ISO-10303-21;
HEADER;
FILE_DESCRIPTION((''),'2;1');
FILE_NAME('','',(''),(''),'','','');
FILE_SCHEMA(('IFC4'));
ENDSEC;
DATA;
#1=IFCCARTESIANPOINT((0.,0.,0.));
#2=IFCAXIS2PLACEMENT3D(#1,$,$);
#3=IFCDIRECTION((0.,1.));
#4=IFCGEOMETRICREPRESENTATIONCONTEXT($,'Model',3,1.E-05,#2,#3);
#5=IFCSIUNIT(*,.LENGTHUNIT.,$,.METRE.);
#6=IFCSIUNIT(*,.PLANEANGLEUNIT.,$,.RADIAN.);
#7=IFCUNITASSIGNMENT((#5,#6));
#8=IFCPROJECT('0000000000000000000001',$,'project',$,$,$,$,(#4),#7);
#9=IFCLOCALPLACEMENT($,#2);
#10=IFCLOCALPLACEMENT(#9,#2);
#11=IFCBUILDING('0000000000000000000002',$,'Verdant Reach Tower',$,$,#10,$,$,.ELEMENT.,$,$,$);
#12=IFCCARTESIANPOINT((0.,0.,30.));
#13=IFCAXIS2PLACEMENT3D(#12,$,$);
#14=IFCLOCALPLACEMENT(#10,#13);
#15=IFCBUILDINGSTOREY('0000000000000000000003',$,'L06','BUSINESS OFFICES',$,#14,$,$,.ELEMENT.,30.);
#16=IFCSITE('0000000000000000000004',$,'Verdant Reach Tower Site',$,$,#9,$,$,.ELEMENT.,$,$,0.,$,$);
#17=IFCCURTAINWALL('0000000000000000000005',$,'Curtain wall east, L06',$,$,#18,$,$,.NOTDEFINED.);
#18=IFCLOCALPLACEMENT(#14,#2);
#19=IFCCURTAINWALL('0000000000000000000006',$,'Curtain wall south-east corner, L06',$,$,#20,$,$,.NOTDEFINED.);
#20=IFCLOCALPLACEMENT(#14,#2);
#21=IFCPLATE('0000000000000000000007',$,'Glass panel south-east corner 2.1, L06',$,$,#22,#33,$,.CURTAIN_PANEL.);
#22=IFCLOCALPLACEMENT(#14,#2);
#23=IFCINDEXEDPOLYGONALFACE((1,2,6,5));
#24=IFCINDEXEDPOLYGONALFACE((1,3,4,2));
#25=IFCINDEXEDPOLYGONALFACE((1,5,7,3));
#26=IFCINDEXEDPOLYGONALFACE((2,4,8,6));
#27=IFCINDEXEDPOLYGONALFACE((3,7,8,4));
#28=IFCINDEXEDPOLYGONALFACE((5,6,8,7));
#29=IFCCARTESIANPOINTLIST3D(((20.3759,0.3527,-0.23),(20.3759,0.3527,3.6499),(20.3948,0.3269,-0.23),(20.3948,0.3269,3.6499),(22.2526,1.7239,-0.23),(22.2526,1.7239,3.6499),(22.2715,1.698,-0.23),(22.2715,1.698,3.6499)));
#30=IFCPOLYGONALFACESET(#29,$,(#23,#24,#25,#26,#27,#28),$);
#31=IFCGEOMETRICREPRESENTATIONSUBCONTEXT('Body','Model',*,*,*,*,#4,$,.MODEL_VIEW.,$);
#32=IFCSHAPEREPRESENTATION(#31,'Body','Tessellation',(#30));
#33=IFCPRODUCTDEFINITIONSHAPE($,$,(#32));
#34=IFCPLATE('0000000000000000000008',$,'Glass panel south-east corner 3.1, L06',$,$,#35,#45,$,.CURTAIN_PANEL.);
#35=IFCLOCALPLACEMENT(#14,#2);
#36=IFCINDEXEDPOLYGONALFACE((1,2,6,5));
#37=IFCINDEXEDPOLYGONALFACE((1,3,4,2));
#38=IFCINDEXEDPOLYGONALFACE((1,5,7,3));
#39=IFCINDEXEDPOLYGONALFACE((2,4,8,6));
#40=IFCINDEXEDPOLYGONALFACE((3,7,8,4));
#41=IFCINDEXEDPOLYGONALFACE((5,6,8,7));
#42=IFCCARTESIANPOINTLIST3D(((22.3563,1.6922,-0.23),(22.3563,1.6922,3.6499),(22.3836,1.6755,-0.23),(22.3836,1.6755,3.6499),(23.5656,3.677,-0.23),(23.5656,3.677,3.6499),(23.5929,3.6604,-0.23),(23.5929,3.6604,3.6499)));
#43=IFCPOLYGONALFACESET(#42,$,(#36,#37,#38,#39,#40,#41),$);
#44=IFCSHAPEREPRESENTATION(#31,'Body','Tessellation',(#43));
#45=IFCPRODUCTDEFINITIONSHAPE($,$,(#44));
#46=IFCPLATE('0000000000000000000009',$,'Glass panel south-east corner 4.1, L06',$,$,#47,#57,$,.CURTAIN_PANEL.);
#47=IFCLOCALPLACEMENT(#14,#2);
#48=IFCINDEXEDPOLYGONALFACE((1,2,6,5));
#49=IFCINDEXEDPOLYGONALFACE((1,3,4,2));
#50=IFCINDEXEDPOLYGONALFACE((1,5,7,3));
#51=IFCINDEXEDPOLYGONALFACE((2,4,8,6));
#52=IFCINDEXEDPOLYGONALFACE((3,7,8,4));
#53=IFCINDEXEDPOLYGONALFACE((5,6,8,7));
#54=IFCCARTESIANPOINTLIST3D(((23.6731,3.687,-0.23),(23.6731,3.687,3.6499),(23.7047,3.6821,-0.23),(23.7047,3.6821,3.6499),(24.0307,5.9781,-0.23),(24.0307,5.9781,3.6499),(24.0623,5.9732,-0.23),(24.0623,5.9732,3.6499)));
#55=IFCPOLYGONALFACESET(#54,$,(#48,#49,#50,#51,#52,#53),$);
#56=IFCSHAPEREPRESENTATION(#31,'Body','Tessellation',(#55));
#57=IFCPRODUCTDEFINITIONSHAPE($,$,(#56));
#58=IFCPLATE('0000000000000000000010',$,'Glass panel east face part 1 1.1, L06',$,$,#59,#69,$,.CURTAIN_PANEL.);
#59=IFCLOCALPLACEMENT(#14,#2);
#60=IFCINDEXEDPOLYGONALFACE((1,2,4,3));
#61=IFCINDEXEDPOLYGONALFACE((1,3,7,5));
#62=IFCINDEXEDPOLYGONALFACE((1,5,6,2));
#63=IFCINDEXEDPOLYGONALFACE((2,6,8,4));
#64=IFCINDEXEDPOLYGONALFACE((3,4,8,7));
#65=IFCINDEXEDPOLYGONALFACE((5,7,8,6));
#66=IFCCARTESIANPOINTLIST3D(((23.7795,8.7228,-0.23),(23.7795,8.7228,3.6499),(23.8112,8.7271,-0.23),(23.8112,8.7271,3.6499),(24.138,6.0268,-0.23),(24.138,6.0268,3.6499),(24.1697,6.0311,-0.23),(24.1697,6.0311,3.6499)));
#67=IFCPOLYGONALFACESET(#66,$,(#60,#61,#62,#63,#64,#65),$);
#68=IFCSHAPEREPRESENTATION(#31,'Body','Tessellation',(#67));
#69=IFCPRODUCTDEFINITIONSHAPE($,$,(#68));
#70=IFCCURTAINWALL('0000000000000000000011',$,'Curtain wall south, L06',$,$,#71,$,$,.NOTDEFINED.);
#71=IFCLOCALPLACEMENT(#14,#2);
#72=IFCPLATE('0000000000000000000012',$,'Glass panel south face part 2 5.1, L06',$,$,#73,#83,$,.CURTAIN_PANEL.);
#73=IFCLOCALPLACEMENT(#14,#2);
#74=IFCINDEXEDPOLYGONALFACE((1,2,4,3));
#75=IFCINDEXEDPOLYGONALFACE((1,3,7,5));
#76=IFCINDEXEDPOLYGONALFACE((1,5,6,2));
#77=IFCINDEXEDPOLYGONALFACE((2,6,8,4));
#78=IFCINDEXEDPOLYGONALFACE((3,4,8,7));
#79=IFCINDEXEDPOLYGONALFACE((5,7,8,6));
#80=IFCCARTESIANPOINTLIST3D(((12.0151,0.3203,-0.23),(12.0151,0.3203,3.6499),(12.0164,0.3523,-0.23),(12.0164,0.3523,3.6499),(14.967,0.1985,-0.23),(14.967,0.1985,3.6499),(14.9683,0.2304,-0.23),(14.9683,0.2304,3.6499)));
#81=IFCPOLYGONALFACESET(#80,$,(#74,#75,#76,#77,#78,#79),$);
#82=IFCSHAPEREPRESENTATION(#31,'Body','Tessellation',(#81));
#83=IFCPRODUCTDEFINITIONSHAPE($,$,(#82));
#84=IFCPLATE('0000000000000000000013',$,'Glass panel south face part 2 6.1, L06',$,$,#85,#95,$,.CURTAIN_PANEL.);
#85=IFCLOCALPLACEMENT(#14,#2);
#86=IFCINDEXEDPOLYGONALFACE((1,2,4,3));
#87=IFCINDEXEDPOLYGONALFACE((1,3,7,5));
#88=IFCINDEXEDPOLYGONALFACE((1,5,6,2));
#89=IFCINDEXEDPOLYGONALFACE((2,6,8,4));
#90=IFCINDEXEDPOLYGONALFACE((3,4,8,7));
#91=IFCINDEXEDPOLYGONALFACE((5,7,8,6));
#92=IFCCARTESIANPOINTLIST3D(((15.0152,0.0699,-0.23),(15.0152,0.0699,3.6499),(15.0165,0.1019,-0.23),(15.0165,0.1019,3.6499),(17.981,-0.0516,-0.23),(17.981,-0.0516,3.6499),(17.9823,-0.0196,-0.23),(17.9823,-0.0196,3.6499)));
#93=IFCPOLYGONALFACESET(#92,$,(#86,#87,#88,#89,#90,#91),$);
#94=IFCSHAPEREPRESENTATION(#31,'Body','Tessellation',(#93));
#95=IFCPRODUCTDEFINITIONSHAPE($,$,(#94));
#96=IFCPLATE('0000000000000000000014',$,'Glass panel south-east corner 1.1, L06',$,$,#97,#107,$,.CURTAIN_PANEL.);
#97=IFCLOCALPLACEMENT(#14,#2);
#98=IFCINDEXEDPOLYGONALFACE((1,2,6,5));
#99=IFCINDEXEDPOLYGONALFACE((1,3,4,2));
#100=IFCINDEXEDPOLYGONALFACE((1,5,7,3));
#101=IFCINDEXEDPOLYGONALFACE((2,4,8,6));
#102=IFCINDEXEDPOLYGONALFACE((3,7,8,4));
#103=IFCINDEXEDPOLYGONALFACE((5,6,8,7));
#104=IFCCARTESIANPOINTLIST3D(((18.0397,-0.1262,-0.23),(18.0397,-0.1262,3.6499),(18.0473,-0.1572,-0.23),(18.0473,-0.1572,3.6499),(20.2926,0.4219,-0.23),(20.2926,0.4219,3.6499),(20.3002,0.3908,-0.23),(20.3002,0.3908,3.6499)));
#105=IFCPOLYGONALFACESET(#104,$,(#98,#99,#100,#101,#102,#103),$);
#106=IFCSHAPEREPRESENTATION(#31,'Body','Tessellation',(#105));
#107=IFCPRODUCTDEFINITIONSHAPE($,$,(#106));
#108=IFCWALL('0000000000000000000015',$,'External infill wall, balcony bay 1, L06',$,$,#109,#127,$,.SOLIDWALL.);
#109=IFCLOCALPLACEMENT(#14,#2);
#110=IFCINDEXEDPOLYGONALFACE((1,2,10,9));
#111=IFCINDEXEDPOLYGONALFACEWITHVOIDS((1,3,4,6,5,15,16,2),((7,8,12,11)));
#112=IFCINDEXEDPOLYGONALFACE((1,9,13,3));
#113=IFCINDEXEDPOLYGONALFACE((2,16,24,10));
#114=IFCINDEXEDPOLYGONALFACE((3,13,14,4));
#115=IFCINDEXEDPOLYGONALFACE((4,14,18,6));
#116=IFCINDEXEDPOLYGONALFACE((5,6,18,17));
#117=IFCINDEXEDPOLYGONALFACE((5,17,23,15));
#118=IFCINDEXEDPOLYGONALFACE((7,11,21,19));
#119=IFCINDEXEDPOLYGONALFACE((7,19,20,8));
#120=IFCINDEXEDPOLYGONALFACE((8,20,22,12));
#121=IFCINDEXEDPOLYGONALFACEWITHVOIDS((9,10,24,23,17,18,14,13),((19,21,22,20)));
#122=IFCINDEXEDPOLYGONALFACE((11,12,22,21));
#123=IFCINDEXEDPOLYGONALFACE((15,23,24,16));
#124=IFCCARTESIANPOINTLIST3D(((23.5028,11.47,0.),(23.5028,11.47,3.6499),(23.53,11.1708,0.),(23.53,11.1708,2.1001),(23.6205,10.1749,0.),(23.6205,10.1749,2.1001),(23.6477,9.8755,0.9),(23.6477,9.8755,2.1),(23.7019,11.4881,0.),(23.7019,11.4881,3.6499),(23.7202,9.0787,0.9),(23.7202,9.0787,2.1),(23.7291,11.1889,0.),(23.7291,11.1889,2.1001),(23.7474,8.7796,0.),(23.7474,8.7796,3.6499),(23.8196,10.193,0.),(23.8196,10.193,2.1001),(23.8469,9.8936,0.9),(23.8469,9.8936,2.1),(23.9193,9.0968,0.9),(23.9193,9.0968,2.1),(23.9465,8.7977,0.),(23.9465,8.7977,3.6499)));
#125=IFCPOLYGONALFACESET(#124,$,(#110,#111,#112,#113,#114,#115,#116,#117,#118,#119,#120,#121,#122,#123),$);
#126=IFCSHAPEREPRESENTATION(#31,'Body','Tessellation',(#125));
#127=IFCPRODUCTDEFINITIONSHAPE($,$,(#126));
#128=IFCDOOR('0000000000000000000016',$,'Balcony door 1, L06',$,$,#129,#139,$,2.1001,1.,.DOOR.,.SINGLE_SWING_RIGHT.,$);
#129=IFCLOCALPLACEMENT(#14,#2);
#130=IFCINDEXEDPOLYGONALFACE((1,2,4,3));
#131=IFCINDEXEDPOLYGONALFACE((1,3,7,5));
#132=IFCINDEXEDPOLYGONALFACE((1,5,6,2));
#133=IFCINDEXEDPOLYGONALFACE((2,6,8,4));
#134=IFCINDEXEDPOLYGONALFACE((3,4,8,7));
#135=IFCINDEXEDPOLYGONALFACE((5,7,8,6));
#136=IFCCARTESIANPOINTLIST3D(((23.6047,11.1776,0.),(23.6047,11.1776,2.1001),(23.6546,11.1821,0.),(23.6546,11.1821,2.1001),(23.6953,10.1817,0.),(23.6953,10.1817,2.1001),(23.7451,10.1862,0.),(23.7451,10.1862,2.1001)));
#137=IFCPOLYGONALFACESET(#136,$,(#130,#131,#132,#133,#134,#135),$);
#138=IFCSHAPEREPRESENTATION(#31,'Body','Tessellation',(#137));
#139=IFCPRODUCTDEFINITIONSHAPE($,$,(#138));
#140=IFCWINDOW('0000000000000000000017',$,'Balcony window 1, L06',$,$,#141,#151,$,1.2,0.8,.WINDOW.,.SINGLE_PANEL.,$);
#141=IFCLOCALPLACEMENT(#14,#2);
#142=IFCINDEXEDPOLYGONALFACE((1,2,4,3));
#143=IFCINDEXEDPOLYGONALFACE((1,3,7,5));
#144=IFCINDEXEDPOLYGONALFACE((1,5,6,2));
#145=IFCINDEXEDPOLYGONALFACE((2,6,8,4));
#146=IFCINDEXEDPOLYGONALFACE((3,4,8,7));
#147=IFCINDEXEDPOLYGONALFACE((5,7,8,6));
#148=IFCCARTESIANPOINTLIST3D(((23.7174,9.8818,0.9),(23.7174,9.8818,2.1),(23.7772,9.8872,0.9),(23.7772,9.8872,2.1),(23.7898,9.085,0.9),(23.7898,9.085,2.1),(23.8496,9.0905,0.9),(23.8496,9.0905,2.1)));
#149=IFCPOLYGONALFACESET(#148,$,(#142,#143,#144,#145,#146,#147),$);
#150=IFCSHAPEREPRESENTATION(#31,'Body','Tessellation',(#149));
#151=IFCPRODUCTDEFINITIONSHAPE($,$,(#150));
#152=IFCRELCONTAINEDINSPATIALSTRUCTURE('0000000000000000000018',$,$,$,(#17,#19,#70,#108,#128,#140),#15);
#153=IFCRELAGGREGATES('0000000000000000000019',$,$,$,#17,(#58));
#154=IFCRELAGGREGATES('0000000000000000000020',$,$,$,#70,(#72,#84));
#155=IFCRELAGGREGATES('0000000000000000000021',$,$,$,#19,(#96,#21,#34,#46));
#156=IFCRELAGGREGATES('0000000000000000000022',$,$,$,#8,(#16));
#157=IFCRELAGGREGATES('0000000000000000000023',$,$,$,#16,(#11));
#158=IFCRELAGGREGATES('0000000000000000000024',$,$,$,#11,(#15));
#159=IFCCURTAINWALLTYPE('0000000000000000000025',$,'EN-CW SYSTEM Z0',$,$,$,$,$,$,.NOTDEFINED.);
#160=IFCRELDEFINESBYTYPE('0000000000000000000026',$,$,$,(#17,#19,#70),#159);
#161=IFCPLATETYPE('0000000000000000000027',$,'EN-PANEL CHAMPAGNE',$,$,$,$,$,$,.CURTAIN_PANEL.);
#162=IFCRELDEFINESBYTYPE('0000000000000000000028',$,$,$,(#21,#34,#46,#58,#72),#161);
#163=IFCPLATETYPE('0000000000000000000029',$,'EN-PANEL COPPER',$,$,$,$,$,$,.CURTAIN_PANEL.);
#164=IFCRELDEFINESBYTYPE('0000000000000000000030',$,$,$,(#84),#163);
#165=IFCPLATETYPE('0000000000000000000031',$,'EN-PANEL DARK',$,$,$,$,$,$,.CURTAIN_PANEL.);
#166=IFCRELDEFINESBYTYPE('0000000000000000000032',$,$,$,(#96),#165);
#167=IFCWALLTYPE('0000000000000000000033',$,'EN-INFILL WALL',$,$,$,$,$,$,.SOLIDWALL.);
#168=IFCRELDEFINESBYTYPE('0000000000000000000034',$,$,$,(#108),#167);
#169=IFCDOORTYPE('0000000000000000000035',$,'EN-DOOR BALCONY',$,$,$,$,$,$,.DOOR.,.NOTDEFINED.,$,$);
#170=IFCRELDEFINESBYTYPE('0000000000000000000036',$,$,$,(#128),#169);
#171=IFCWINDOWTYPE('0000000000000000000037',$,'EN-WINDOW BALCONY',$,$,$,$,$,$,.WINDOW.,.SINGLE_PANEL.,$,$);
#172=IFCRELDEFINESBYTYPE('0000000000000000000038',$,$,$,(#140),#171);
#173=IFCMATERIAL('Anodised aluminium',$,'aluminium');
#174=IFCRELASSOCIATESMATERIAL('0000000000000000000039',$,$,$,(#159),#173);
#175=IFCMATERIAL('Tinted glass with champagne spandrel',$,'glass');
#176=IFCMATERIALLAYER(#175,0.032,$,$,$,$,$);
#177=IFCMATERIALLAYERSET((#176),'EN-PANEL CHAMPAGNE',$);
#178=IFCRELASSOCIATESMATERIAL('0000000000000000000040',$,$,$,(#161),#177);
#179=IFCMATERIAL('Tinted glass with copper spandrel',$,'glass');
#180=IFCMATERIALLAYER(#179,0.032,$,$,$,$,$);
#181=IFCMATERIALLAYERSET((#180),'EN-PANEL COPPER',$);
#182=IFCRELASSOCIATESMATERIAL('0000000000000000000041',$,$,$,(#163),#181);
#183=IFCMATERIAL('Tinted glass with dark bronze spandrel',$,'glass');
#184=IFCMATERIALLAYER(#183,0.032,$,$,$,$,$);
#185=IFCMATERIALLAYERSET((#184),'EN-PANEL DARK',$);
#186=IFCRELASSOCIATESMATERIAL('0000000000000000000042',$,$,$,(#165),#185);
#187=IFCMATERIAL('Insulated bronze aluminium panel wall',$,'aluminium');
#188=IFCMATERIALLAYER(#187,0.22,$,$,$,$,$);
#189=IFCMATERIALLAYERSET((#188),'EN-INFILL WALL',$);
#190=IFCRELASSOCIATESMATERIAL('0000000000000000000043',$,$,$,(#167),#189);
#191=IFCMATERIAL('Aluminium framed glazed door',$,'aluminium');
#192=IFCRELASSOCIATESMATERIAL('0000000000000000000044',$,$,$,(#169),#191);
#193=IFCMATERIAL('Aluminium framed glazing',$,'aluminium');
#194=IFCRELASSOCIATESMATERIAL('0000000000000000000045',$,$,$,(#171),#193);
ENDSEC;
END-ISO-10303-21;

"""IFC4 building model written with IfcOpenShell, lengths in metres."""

from ifc_helpers import new_model, si_unit, direction, frame, frame_2d, origin, origin_2d, place, context, subcontext, project, spatial, rectangle, extrude, material, layer, layer_set, type_object, element, fill, aggregate, save


model = new_model("IFC4")

# Units and contexts
model_context = context("Model", 3, precision=1e-05, world=origin(), true_north=direction((0.0, 1.0)))
body_context = subcontext(model_context, "Body", "Model", "MODEL_VIEW")
ifc_project = project(units=[si_unit("LENGTHUNIT", "METRE"), si_unit("PLANEANGLEUNIT", "RADIAN")], contexts=[model_context])

# Site, building, storey
site_placement = place(None, origin())
site = spatial("IfcSite", under=ifc_project, at=site_placement, Name="Verdant Reach Tower Site", CompositionType="ELEMENT", RefElevation=0.0)
building_placement = place(site_placement, origin())
building = spatial("IfcBuilding", under=site, at=building_placement, Name="Verdant Reach Tower", CompositionType="ELEMENT")
storey_placement = place(building_placement, frame((0.0, 0.0, 30.0)))
storey = spatial("IfcBuildingStorey", under=building, at=storey_placement, Name="L06", Description="BUSINESS OFFICES", CompositionType="ELEMENT", Elevation=30.0)

# Curtain wall
ifc_material_1 = material(Name="Anodised aluminium", Category="aluminium")
curtain_wall_type = type_object("IfcCurtainWallType", Name="EN-CW SYSTEM Z0", PredefinedType="NOTDEFINED", material=ifc_material_1)
curtain_wall_1_placement = place(storey_placement, origin())
curtain_wall_1 = element("IfcCurtainWall", 1, at=curtain_wall_1_placement, inside=storey, type_object=curtain_wall_type, Name="Curtain wall east, L06", PredefinedType="NOTDEFINED")

# Curtain wall, plates
curtain_wall_2_placement = place(storey_placement, origin())
curtain_wall_2 = element("IfcCurtainWall", 2, at=curtain_wall_2_placement, inside=storey, type_object=curtain_wall_type, Name="Curtain wall south-east corner, L06", PredefinedType="NOTDEFINED")
ifc_material_2 = material(Name="Tinted glass with champagne spandrel", Category="glass")
ifc_layer_1 = layer(ifc_material_2, 0.032)
ifc_layer_set_1 = layer_set([ifc_layer_1], Name="EN-PANEL CHAMPAGNE")
plate_type_1 = type_object("IfcPlateType", Name="EN-PANEL CHAMPAGNE", PredefinedType="CURTAIN_PANEL", material=ifc_layer_set_1)
plate_1_placement = place(storey_placement, frame((21.3237, 1.0254, -0.23), z_axis=(0.0, 0.0, 1.0), x_axis=(0.807457, 0.589927, 0.0)))
plate_1 = element("IfcPlate", 3, at=plate_1_placement, type_object=plate_type_1, Name="Glass panel south-east corner 2.1, L06", PredefinedType="CURTAIN_PANEL", context=body_context, shape_type="SweptSolid", body=[
    extrude(rectangle(XDim=2.3242, YDim=0.032, at=origin_2d()), origin(), (0.0, 0.0, 1.0), 3.8799),
])
plate_2_placement = place(storey_placement, frame((22.9746, 2.6763, -0.23), z_axis=(0.0, 0.0, 1.0), x_axis=(0.520292, 0.853989, 0.0)))
plate_2 = element("IfcPlate", 4, at=plate_2_placement, type_object=plate_type_1, Name="Glass panel south-east corner 3.1, L06", PredefinedType="CURTAIN_PANEL", context=body_context, shape_type="SweptSolid", body=[
    extrude(rectangle(XDim=2.3242, YDim=0.032, at=origin_2d()), origin(), (0.0, 0.0, 1.0), 3.8799),
])
plate_3_placement = place(storey_placement, frame((23.8677, 4.8301, -0.23), z_axis=(0.0, 0.0, 1.0), x_axis=(0.154211, 0.988038, 0.0)))
plate_3 = element("IfcPlate", 5, at=plate_3_placement, type_object=plate_type_1, Name="Glass panel south-east corner 4.1, L06", PredefinedType="CURTAIN_PANEL", context=body_context, shape_type="SweptSolid", body=[
    extrude(rectangle(XDim=2.3188, YDim=0.032, at=origin_2d()), origin(), (0.0, 0.0, 1.0), 3.8799),
])

# Plate
plate_4_placement = place(storey_placement, frame((23.9746, 7.377, -0.23), z_axis=(0.0, 0.0, 1.0), x_axis=(-0.131793, 0.991277, 0.0)))
plate_4 = element("IfcPlate", 6, at=plate_4_placement, type_object=plate_type_1, Name="Glass panel east face part 1 1.1, L06", PredefinedType="CURTAIN_PANEL", context=body_context, shape_type="SweptSolid", body=[
    extrude(rectangle(XDim=2.7197, YDim=0.032, at=origin_2d()), origin(), (0.0, 0.0, 1.0), 3.8799),
])
aggregate(curtain_wall_1, [plate_4])

# Curtain wall, plates
curtain_wall_3_placement = place(storey_placement, origin())
curtain_wall_3 = element("IfcCurtainWall", 7, at=curtain_wall_3_placement, inside=storey, type_object=curtain_wall_type, Name="Curtain wall south, L06", PredefinedType="NOTDEFINED")
plate_5_placement = place(storey_placement, frame((13.4917, 0.2754, -0.23), z_axis=(0.0, 0.0, 1.0), x_axis=(0.999149, -0.041242, 0.0)))
plate_5 = element("IfcPlate", 8, at=plate_5_placement, type_object=plate_type_1, Name="Glass panel south face part 2 5.1, L06", PredefinedType="CURTAIN_PANEL", context=body_context, shape_type="SweptSolid", body=[
    extrude(rectangle(XDim=2.9543, YDim=0.032, at=origin_2d()), origin(), (0.0, 0.0, 1.0), 3.8799),
])
ifc_material_3 = material(Name="Tinted glass with copper spandrel", Category="glass")
ifc_layer_2 = layer(ifc_material_3, 0.032)
ifc_layer_set_2 = layer_set([ifc_layer_2], Name="EN-PANEL COPPER")
plate_type_2 = type_object("IfcPlateType", Name="EN-PANEL COPPER", PredefinedType="CURTAIN_PANEL", material=ifc_layer_set_2)
plate_6_placement = place(storey_placement, frame((16.4988, 0.0251, -0.23), z_axis=(0.0, 0.0, 1.0), x_axis=(0.999162, -0.04092, 0.0)))
plate_6 = element("IfcPlate", 9, at=plate_6_placement, type_object=plate_type_2, Name="Glass panel south face part 2 6.1, L06", PredefinedType="CURTAIN_PANEL", context=body_context, shape_type="SweptSolid", body=[
    extrude(rectangle(XDim=2.9683, YDim=0.032, at=origin_2d()), origin(), (0.0, 0.0, 1.0), 3.8799),
])
aggregate(curtain_wall_3, [plate_5, plate_6])

# Plate
ifc_material_4 = material(Name="Tinted glass with dark bronze spandrel", Category="glass")
ifc_layer_3 = layer(ifc_material_4, 0.032)
ifc_layer_set_3 = layer_set([ifc_layer_3], Name="EN-PANEL DARK")
plate_type_3 = type_object("IfcPlateType", Name="EN-PANEL DARK", PredefinedType="CURTAIN_PANEL", material=ifc_layer_set_3)
plate_7_placement = place(storey_placement, frame((19.1699, 0.1323, -0.23), z_axis=(0.0, 0.0, 1.0), x_axis=(0.971663, 0.236369, 0.0)))
plate_7 = element("IfcPlate", 10, at=plate_7_placement, type_object=plate_type_3, Name="Glass panel south-east corner 1.1, L06", PredefinedType="CURTAIN_PANEL", context=body_context, shape_type="SweptSolid", body=[
    extrude(rectangle(XDim=2.3186, YDim=0.032, at=origin_2d()), origin(), (0.0, 0.0, 1.0), 3.8799),
])
aggregate(curtain_wall_2, [plate_7, plate_1, plate_2, plate_3])

# Wall, openings, door, window
ifc_material_5 = material(Name="Insulated bronze aluminium panel wall", Category="aluminium")
ifc_layer_4 = layer(ifc_material_5, 0.22)
ifc_layer_set_4 = layer_set([ifc_layer_4], Name="EN-INFILL WALL")
wall_type_1 = type_object("IfcWallType", Name="EN-INFILL WALL", PredefinedType="SOLIDWALL", material=ifc_layer_set_4)
wall_1_placement = place(storey_placement, frame((23.8469, 8.7888, 0.0), z_axis=(0.0, 0.0, 1.0), x_axis=(-0.090552, 0.995892, 0.0)))
wall_1 = element("IfcWall", 11, at=wall_1_placement, inside=storey, type_object=wall_type_1, Name="External infill wall, balcony bay 1, L06", PredefinedType="SOLIDWALL", context=body_context, shape_type="SweptSolid", body=[
    extrude(rectangle(XDim=2.7014, YDim=0.2, at=frame_2d((1.3506, 0.0))), origin(), (0.0, 0.0, 1.0), 3.6499),
])
opening_1_placement = place(wall_1_placement, frame((1.4009, 0.0, 0.0)))
opening_1 = element("IfcOpeningElement", 12, at=opening_1_placement, cuts=wall_1, PredefinedType="OPENING", context=body_context, shape_type="SweptSolid", body=[
    extrude(rectangle(XDim=1.0, YDim=2.1001, at=frame_2d((0.5, 1.05))), frame((0.0, 0.1099, 0.0), z_axis=(0.0, -1.0, 0.0), x_axis=(1.0, 0.0, 0.0)), (0.0, 0.0, 1.0), 0.22),
])
opening_2_placement = place(wall_1_placement, frame((0.3003, 0.0, 0.8999)))
opening_2 = element("IfcOpeningElement", 13, at=opening_2_placement, cuts=wall_1, PredefinedType="OPENING", context=body_context, shape_type="SweptSolid", body=[
    extrude(rectangle(XDim=0.8, YDim=1.2, at=frame_2d((0.3999, 0.6001))), frame((0.0, 0.1099, 0.0), z_axis=(0.0, -1.0, 0.0), x_axis=(1.0, 0.0, 0.0)), (0.0, 0.0, 1.0), 0.22),
])
ifc_material_6 = material(Name="Aluminium framed glazed door", Category="aluminium")
door_type_1 = type_object("IfcDoorType", Name="EN-DOOR BALCONY", OperationType="NOTDEFINED", PredefinedType="DOOR", material=ifc_material_6)
door_1_placement = place(opening_1_placement, origin())
door_1 = element("IfcDoor", 14, at=door_1_placement, inside=storey, type_object=door_type_1, Name="Balcony door 1, L06", OperationType="SINGLE_SWING_RIGHT", OverallHeight=2.1001, OverallWidth=1.0, PredefinedType="DOOR", context=body_context, shape_type="SweptSolid", body=[
    extrude(rectangle(XDim=1.0, YDim=2.1001, at=frame_2d((0.5, 1.05))), frame((0.0, 0.0249, 0.0), z_axis=(0.0, -1.0, 0.0), x_axis=(1.0, 0.0, 0.0)), (0.0, 0.0, 1.0), 0.05),
])
fill(opening_1, door_1)
ifc_material_7 = material(Name="Aluminium framed glazing", Category="aluminium")
window_type = type_object("IfcWindowType", Name="EN-WINDOW BALCONY", PartitioningType="SINGLE_PANEL", PredefinedType="WINDOW", material=ifc_material_7)
window_placement = place(opening_2_placement, origin())
window = element("IfcWindow", 15, at=window_placement, inside=storey, type_object=window_type, Name="Balcony window 1, L06", OverallHeight=1.2, OverallWidth=0.8, PartitioningType="SINGLE_PANEL", PredefinedType="WINDOW", context=body_context, shape_type="SweptSolid", body=[
    extrude(rectangle(XDim=0.8, YDim=1.2, at=frame_2d((0.3999, 0.6001))), frame((0.0, 0.03, 0.0), z_axis=(0.0, -1.0, 0.0), x_axis=(1.0, 0.0, 0.0)), (0.0, 0.0, 1.0), 0.0601),
])
fill(opening_2, window)

save(model, "model.ifc")
